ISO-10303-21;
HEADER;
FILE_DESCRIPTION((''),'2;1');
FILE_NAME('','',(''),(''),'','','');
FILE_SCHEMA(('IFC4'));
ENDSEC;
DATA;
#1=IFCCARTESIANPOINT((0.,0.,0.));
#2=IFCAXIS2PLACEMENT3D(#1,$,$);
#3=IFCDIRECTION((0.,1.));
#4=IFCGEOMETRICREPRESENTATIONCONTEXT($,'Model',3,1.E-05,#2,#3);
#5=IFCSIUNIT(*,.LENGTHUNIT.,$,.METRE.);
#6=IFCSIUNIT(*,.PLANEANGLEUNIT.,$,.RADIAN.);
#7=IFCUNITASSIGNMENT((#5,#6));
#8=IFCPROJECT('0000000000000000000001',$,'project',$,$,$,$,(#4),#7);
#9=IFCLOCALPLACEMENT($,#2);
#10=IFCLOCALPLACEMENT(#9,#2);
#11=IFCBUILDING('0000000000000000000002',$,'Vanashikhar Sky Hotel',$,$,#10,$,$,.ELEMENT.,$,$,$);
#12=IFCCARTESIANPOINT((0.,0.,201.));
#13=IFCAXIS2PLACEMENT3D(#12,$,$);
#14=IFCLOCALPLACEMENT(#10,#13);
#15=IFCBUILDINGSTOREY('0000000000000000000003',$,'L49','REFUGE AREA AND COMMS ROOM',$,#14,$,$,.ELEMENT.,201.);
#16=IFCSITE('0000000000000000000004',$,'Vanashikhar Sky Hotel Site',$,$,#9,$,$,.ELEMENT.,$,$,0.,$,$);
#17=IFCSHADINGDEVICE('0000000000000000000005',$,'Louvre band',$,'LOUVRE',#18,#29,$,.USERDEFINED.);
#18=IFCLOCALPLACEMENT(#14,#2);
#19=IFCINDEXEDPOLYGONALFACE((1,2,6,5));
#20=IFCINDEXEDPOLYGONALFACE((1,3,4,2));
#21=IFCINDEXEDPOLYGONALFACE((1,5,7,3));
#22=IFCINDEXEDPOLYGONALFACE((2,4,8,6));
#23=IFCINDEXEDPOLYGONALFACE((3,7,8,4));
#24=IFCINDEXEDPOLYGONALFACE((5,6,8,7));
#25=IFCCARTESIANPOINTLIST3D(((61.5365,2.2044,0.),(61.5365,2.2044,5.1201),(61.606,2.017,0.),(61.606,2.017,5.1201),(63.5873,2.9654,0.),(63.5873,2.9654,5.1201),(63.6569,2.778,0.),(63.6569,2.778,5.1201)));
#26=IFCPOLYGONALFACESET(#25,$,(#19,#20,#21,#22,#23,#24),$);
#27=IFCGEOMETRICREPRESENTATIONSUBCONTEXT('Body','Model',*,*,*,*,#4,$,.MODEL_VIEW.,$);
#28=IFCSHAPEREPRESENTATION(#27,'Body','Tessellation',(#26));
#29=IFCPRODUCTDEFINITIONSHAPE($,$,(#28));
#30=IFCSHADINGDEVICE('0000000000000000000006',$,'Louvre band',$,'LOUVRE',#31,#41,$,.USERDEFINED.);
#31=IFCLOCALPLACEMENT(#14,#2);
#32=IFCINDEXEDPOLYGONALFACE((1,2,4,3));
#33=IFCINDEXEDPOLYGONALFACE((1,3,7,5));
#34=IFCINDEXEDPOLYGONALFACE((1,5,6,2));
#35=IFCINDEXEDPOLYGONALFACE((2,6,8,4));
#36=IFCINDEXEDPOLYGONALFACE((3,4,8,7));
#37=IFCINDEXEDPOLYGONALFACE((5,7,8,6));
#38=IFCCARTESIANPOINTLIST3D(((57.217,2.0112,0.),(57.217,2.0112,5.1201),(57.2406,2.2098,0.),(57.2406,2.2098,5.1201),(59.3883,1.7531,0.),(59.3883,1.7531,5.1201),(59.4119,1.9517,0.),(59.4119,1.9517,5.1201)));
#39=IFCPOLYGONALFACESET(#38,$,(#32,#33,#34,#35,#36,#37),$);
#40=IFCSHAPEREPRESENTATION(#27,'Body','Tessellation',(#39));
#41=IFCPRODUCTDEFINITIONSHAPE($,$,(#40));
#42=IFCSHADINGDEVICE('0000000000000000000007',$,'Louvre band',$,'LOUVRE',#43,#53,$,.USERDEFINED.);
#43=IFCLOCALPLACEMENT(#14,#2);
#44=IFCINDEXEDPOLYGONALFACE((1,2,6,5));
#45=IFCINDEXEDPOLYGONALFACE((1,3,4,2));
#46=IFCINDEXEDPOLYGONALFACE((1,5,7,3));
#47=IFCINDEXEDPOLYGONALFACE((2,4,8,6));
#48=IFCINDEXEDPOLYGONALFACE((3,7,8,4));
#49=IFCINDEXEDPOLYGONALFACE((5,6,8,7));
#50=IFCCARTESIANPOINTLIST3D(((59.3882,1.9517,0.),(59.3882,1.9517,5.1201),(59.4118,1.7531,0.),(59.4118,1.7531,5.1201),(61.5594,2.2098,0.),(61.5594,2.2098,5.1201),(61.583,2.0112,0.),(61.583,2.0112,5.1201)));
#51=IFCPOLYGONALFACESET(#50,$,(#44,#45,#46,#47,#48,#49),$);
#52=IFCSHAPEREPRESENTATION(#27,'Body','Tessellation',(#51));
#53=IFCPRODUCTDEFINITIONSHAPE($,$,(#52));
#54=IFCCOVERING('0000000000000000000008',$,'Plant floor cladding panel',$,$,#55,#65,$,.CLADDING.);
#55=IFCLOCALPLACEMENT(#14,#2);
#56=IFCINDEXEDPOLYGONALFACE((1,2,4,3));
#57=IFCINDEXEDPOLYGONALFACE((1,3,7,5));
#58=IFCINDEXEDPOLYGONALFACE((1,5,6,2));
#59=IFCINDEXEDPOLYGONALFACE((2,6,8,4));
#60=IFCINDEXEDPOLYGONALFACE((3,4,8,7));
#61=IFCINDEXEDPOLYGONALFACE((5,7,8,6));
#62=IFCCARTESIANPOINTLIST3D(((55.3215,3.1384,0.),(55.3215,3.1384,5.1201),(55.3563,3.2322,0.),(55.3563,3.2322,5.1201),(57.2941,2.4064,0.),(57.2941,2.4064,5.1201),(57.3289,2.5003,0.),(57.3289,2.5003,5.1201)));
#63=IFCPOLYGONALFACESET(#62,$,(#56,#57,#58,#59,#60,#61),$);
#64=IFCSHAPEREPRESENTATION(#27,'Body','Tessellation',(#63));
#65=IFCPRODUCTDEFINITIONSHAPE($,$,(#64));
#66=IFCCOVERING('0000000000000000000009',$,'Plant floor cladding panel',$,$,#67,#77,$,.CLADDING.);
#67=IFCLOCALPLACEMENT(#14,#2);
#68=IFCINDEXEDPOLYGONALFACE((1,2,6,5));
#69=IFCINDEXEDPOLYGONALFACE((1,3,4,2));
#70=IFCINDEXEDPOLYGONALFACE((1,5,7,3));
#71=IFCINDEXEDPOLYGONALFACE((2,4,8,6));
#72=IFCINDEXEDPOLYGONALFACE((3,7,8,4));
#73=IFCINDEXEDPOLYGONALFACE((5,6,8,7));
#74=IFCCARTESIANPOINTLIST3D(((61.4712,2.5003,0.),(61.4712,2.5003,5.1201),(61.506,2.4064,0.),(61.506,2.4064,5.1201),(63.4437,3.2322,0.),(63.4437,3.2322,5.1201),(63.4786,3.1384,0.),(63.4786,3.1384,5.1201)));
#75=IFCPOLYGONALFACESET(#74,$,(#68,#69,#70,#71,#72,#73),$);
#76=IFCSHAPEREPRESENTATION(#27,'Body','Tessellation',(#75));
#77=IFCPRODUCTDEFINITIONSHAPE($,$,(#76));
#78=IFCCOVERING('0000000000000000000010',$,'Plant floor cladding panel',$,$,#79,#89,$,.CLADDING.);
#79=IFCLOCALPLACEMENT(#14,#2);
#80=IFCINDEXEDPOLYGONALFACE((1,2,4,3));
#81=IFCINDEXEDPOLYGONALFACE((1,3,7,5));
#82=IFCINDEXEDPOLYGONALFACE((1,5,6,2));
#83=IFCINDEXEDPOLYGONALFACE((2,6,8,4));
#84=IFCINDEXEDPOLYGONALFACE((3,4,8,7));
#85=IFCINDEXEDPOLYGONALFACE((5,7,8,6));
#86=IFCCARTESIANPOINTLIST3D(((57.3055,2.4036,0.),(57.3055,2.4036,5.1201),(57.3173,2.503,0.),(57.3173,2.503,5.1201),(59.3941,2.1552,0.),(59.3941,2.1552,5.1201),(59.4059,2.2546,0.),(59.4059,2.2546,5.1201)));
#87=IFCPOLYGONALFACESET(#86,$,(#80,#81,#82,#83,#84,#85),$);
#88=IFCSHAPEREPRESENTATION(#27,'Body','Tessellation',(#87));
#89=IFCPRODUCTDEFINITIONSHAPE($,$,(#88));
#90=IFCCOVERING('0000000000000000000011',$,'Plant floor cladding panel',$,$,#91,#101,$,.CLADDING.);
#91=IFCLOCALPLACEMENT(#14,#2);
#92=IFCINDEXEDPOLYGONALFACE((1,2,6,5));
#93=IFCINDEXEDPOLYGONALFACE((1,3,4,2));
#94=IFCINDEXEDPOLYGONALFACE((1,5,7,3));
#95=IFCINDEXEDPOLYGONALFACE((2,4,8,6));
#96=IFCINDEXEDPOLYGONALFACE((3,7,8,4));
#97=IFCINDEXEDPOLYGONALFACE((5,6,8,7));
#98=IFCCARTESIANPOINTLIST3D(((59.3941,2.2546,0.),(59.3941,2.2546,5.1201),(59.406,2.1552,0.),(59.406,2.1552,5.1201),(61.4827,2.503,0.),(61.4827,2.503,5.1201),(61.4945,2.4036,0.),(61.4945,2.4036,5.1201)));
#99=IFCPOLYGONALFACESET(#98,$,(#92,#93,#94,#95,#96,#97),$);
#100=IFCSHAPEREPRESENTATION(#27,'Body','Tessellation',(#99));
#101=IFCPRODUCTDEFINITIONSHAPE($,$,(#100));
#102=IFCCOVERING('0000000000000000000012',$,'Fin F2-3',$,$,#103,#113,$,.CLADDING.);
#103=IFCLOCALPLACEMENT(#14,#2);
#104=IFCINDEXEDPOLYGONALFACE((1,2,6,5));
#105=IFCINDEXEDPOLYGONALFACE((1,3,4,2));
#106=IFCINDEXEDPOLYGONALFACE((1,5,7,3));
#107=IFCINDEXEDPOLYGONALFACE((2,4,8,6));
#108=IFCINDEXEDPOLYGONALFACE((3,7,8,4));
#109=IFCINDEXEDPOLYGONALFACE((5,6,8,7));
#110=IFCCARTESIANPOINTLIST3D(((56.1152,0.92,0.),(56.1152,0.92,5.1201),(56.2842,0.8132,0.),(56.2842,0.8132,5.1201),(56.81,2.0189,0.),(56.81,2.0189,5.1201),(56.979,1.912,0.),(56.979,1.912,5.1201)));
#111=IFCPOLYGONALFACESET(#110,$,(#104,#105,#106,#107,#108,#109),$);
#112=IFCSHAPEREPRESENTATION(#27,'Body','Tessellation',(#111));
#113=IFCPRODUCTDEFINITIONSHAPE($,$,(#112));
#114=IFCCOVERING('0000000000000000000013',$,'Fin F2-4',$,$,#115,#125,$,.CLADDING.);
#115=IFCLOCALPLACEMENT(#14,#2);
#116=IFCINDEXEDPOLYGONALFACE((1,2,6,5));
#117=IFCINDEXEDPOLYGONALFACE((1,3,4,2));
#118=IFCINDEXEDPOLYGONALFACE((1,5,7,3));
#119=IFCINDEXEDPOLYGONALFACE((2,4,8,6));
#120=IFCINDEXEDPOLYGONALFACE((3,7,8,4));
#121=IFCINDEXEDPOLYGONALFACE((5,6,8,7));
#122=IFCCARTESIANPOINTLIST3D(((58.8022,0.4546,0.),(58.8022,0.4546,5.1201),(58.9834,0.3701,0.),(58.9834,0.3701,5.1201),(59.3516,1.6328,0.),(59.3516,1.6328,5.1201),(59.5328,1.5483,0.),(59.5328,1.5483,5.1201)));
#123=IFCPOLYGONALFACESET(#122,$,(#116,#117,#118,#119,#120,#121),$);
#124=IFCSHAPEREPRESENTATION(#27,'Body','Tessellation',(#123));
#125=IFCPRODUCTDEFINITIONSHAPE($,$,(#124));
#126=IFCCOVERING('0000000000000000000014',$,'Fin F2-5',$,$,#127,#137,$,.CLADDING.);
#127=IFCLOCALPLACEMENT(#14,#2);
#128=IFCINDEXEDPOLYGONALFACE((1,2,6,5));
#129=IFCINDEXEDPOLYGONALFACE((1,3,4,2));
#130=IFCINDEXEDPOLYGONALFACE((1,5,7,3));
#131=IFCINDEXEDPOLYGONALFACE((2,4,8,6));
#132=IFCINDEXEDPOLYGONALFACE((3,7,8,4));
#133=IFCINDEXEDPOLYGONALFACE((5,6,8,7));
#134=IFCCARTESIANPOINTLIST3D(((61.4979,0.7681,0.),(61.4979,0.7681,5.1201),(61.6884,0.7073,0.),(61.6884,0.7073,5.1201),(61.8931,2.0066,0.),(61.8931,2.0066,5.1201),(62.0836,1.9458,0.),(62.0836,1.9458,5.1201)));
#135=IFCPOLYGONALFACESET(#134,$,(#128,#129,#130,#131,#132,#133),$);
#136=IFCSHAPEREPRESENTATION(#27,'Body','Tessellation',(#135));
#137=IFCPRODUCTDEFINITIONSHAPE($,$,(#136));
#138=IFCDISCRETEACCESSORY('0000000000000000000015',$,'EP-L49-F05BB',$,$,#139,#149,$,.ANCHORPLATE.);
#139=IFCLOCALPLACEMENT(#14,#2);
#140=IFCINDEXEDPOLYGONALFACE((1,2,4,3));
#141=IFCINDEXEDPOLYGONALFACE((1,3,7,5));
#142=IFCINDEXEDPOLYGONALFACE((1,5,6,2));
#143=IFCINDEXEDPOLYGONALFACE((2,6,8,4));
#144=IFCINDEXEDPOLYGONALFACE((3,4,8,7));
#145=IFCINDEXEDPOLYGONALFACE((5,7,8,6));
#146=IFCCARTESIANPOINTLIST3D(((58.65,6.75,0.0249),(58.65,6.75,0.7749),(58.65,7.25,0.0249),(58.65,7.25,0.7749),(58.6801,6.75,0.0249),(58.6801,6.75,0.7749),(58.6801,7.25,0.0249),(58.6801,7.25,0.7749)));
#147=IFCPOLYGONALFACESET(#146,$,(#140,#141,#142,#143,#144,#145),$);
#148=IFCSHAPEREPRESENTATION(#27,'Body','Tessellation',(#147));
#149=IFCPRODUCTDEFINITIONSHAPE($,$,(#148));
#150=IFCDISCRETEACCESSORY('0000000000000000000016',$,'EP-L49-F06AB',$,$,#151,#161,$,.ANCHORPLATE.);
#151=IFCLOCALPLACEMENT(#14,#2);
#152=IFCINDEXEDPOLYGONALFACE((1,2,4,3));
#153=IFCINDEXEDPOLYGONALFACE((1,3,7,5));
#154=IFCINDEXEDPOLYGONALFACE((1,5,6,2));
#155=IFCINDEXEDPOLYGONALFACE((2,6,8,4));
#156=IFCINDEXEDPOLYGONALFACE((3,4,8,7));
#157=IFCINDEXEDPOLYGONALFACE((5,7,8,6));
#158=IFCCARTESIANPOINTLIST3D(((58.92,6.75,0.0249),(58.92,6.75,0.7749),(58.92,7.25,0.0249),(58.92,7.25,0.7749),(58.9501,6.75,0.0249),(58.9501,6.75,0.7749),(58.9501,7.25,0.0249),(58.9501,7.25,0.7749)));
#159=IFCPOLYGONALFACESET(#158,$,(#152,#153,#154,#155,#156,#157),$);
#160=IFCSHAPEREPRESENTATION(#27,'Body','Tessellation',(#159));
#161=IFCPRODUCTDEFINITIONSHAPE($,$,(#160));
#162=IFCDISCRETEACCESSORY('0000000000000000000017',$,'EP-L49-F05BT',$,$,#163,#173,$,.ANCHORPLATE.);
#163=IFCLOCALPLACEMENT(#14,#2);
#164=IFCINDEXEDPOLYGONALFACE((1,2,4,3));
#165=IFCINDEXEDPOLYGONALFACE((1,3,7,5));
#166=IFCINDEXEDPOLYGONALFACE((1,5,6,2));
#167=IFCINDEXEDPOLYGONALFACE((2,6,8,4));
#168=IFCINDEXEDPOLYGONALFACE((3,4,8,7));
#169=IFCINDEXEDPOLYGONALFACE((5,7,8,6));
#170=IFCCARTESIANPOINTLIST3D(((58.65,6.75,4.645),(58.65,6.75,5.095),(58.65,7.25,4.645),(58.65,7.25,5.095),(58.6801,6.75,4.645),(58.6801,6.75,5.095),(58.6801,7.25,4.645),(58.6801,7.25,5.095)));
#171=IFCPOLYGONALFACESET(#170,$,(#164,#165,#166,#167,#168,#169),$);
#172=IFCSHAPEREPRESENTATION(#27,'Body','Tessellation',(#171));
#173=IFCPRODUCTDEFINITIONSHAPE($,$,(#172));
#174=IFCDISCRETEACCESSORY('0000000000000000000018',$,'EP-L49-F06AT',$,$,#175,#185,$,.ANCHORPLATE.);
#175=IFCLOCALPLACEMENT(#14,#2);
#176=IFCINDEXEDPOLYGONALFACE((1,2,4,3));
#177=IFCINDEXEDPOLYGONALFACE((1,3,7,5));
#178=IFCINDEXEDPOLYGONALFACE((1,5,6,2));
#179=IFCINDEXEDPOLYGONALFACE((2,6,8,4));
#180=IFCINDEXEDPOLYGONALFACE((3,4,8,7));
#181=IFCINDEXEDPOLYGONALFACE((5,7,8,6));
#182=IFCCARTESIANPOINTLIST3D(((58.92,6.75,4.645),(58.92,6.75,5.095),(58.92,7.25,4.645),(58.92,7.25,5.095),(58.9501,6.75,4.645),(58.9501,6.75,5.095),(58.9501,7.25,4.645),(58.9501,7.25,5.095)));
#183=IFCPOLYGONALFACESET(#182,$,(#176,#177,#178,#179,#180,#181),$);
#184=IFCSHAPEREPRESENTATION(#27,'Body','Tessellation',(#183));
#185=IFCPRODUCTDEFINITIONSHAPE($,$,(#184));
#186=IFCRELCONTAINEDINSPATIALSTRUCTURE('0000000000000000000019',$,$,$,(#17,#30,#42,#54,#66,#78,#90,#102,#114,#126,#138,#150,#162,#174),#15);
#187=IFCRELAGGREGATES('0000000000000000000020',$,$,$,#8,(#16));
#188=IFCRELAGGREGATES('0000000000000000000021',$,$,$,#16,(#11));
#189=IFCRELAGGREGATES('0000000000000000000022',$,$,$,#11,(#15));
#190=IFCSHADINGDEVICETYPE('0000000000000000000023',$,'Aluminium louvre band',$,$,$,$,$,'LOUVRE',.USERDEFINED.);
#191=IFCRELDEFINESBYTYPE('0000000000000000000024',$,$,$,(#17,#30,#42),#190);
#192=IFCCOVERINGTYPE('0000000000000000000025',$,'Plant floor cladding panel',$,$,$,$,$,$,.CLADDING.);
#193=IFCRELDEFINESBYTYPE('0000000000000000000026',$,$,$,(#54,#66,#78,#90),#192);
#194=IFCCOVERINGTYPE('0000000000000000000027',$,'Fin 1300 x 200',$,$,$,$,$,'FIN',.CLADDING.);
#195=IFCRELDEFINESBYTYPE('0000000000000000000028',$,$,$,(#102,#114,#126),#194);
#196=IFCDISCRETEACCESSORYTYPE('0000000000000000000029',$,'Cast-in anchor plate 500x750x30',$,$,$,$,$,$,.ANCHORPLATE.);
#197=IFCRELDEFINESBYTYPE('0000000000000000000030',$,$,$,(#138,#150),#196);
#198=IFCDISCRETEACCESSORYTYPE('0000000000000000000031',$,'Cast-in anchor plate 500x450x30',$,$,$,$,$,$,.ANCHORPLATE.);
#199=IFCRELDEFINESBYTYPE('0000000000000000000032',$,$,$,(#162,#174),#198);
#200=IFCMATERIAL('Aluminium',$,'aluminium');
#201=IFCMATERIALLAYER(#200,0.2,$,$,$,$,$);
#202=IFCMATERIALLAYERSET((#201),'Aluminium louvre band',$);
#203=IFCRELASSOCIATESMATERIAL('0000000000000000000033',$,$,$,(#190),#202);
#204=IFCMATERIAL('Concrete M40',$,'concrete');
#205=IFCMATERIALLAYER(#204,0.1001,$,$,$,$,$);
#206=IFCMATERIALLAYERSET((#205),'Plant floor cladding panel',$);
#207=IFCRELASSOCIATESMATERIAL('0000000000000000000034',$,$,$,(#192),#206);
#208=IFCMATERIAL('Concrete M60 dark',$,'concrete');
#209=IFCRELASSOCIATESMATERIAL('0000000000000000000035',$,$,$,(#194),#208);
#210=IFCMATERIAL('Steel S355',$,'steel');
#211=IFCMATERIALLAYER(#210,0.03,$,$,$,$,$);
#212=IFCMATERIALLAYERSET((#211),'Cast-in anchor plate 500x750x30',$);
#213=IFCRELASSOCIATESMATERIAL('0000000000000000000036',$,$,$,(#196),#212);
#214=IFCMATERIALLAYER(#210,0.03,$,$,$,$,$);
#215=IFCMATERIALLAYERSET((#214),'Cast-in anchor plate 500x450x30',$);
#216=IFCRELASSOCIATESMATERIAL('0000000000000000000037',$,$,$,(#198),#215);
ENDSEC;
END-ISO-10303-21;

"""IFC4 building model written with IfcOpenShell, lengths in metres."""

from ifc_helpers import new_model, si_unit, direction, frame, origin, origin_2d, place, context, subcontext, project, spatial, rectangle, extrude, source, transform, mapped, material, layer, layer_set, material_profile, profile_set, type_object, element, save


model = new_model("IFC4")

# Units and contexts
model_context = context("Model", 3, precision=1e-05, world=origin(), true_north=direction((0.0, 1.0)))
body_context = subcontext(model_context, "Body", "Model", "MODEL_VIEW")
ifc_project = project(units=[si_unit("LENGTHUNIT", "METRE"), si_unit("PLANEANGLEUNIT", "RADIAN")], contexts=[model_context])

# Site, building, storey
site_placement = place(None, origin())
site = spatial("IfcSite", under=ifc_project, at=site_placement, Name="Vanashikhar Sky Hotel Site", CompositionType="ELEMENT", RefElevation=0.0)
building_placement = place(site_placement, origin())
building = spatial("IfcBuilding", under=site, at=building_placement, Name="Vanashikhar Sky Hotel", CompositionType="ELEMENT")
storey_placement = place(building_placement, frame((0.0, 0.0, 201.0)))
storey = spatial("IfcBuildingStorey", under=building, at=storey_placement, Name="L49", Description="REFUGE AREA AND COMMS ROOM", CompositionType="ELEMENT", Elevation=201.0)

# Shared definitions
ifc_material_1 = material(Name="Steel S355", Category="steel")

# Shading devices
ifc_material_2 = material(Name="Aluminium", Category="aluminium")
ifc_layer_1 = layer(ifc_material_2, 0.2)
ifc_layer_set_1 = layer_set([ifc_layer_1], Name="Aluminium louvre band")
shading_device_type = type_object("IfcShadingDeviceType", Name="Aluminium louvre band", ElementType="LOUVRE", PredefinedType="USERDEFINED", material=ifc_layer_set_1)
shared_shape_1 = source(origin(), body_context, "Body", "SweptSolid", [
    extrude(rectangle(XDim=2.1875, YDim=0.2, at=origin_2d()), origin(), (0.0, 0.0, 1.0), 5.1201),
])
for number, where, z_axis, x_axis, name in (
    (1, (62.5967, 2.4912, 0.0), (0.0, 0.0, 1.0), (0.937537, 0.347885, 0.0), "Louvre band"),
):
    element("IfcShadingDevice", number, at=place(storey_placement, frame(where, z_axis=z_axis, x_axis=x_axis)), inside=storey, type_object=shading_device_type, Name=name, ObjectType="LOUVRE", PredefinedType="USERDEFINED", context=body_context, shape_type="MappedRepresentation", body=[
        mapped(shared_shape_1, transform((0.0, 0.0, 0.0), scale=1.0)),
    ])
shared_shape_2 = source(origin(), body_context, "Body", "SweptSolid", [
    extrude(rectangle(XDim=2.1865, YDim=0.2, at=origin_2d()), origin(), (0.0, 0.0, 1.0), 5.1201),
])
for number, where, z_axis, x_axis, name in (
    (2, (58.3145, 1.9814, 0.0), (0.0, 0.0, 1.0), (0.993009, -0.11804, 0.0), "Louvre band"),
    (3, (60.4856, 1.9814, 0.0), (0.0, 0.0, 1.0), (0.993009, 0.11804, 0.0), "Louvre band"),
):
    element("IfcShadingDevice", number, at=place(storey_placement, frame(where, z_axis=z_axis, x_axis=x_axis)), inside=storey, type_object=shading_device_type, Name=name, ObjectType="LOUVRE", PredefinedType="USERDEFINED", context=body_context, shape_type="MappedRepresentation", body=[
        mapped(shared_shape_2, transform((0.0, 0.0, 0.0), scale=1.0)),
    ])

# Coverings
ifc_material_3 = material(Name="Concrete M40", Category="concrete")
ifc_layer_2 = layer(ifc_material_3, 0.1001)
ifc_layer_set_2 = layer_set([ifc_layer_2], Name="Plant floor cladding panel")
covering_type_1 = type_object("IfcCoveringType", Name="Plant floor cladding panel", PredefinedType="CLADDING", material=ifc_layer_set_2)
shared_shape_3 = source(origin(), body_context, "Body", "SweptSolid", [
    extrude(rectangle(XDim=2.104, YDim=0.1001, at=origin_2d()), origin(), (0.0, 0.0, 1.0), 5.1201),
])
for number, where, z_axis, x_axis, name in (
    (4, (56.3252, 2.8193, 0.0), (0.0, 0.0, 1.0), (0.937537, -0.347885, 0.0), "Plant floor cladding panel"),
    (5, (62.4749, 2.8193, 0.0), (0.0, 0.0, 1.0), (0.937537, 0.347885, 0.0), "Plant floor cladding panel"),
):
    element("IfcCovering", number, at=place(storey_placement, frame(where, z_axis=z_axis, x_axis=x_axis)), inside=storey, type_object=covering_type_1, Name=name, PredefinedType="CLADDING", context=body_context, shape_type="MappedRepresentation", body=[
        mapped(shared_shape_3, transform((0.0, 0.0, 0.0), scale=1.0)),
    ])
shared_shape_4 = source(origin(), body_context, "Body", "SweptSolid", [
    extrude(rectangle(XDim=2.1033, YDim=0.1001, at=origin_2d()), origin(), (0.0, 0.0, 1.0), 5.1201),
])
for number, where, z_axis, x_axis, name in (
    (6, (58.3557, 2.3291, 0.0), (0.0, 0.0, 1.0), (0.993003, -0.118092, 0.0), "Plant floor cladding panel"),
    (7, (60.4443, 2.3291, 0.0), (0.0, 0.0, 1.0), (0.993003, 0.118092, 0.0), "Plant floor cladding panel"),
):
    element("IfcCovering", number, at=place(storey_placement, frame(where, z_axis=z_axis, x_axis=x_axis)), inside=storey, type_object=covering_type_1, Name=name, PredefinedType="CLADDING", context=body_context, shape_type="MappedRepresentation", body=[
        mapped(shared_shape_4, transform((0.0, 0.0, 0.0), scale=1.0)),
    ])
ifc_material_4 = material(Name="Concrete M60 dark", Category="concrete")
ifc_material_profile_1 = material_profile(ifc_material_4, rectangle(XDim=1.3, YDim=0.2, at=origin_2d()))
ifc_profile_set_1 = profile_set([ifc_material_profile_1], Name="Fin 1300 x 200")
covering_type_2 = type_object("IfcCoveringType", Name="Fin 1300 x 200", ElementType="FIN", PredefinedType="CLADDING", material=ifc_profile_set_1)
shared_shape_5 = source(origin(), body_context, "Body", "SweptSolid", [
    extrude(rectangle(XDim=1.3, YDim=0.2, at=origin_2d()), origin(), (0.0, 0.0, 1.0), 5.1201),
])
for number, where, z_axis, x_axis, name in (
    (8, (56.5471, 1.416, 0.0), (0.0, 0.0, 1.0), (-0.534411, -0.845225, 0.0), "Fin F2-3"),
    (9, (59.1675, 1.0015, 0.0), (0.0, 0.0, 1.0), (-0.422618, -0.906308, 0.0), "Fin F2-4"),
    (10, (61.7908, 1.3569, 0.0), (0.0, 0.0, 1.0), (-0.303967, -0.952683, 0.0), "Fin F2-5"),
):
    element("IfcCovering", number, at=place(storey_placement, frame(where, z_axis=z_axis, x_axis=x_axis)), inside=storey, type_object=covering_type_2, Name=name, PredefinedType="CLADDING", context=body_context, shape_type="MappedRepresentation", body=[
        mapped(shared_shape_5, transform((0.0, 0.0, 0.0), scale=1.0)),
    ])

# Discrete accessories
ifc_layer_3 = layer(ifc_material_1, 0.03)
ifc_layer_set_3 = layer_set([ifc_layer_3], Name="Cast-in anchor plate 500x750x30")
discrete_accessory_type_1 = type_object("IfcDiscreteAccessoryType", Name="Cast-in anchor plate 500x750x30", PredefinedType="ANCHORPLATE", material=ifc_layer_set_3)
shared_shape_6 = source(origin(), body_context, "Body", "SweptSolid", [
    extrude(rectangle(XDim=0.03, YDim=0.5, at=origin_2d()), origin(), (0.0, 0.0, 1.0), 0.75),
])
for number, where, z_axis, x_axis, name in (
    (11, (58.665, 7.0, 0.0249), (0.0, 0.0, 1.0), (1.0, 0.0, 0.0), "EP-L49-F05BB"),
    (12, (58.9351, 7.0, 0.0249), (0.0, 0.0, 1.0), (1.0, 0.0, 0.0), "EP-L49-F06AB"),
):
    element("IfcDiscreteAccessory", number, at=place(storey_placement, frame(where, z_axis=z_axis, x_axis=x_axis)), inside=storey, type_object=discrete_accessory_type_1, Name=name, PredefinedType="ANCHORPLATE", context=body_context, shape_type="MappedRepresentation", body=[
        mapped(shared_shape_6, transform((0.0, 0.0, 0.0), scale=1.0)),
    ])
ifc_layer_4 = layer(ifc_material_1, 0.03)
ifc_layer_set_4 = layer_set([ifc_layer_4], Name="Cast-in anchor plate 500x450x30")
discrete_accessory_type_2 = type_object("IfcDiscreteAccessoryType", Name="Cast-in anchor plate 500x450x30", PredefinedType="ANCHORPLATE", material=ifc_layer_set_4)
shared_shape_7 = source(origin(), body_context, "Body", "SweptSolid", [
    extrude(rectangle(XDim=0.03, YDim=0.5, at=origin_2d()), origin(), (0.0, 0.0, 1.0), 0.45),
])
for number, where, z_axis, x_axis, name in (
    (13, (58.665, 7.0, 4.645), (0.0, 0.0, 1.0), (1.0, 0.0, 0.0), "EP-L49-F05BT"),
    (14, (58.9351, 7.0, 4.645), (0.0, 0.0, 1.0), (1.0, 0.0, 0.0), "EP-L49-F06AT"),
):
    element("IfcDiscreteAccessory", number, at=place(storey_placement, frame(where, z_axis=z_axis, x_axis=x_axis)), inside=storey, type_object=discrete_accessory_type_2, Name=name, PredefinedType="ANCHORPLATE", context=body_context, shape_type="MappedRepresentation", body=[
        mapped(shared_shape_7, transform((0.0, 0.0, 0.0), scale=1.0)),
    ])

save(model, "model.ifc")
